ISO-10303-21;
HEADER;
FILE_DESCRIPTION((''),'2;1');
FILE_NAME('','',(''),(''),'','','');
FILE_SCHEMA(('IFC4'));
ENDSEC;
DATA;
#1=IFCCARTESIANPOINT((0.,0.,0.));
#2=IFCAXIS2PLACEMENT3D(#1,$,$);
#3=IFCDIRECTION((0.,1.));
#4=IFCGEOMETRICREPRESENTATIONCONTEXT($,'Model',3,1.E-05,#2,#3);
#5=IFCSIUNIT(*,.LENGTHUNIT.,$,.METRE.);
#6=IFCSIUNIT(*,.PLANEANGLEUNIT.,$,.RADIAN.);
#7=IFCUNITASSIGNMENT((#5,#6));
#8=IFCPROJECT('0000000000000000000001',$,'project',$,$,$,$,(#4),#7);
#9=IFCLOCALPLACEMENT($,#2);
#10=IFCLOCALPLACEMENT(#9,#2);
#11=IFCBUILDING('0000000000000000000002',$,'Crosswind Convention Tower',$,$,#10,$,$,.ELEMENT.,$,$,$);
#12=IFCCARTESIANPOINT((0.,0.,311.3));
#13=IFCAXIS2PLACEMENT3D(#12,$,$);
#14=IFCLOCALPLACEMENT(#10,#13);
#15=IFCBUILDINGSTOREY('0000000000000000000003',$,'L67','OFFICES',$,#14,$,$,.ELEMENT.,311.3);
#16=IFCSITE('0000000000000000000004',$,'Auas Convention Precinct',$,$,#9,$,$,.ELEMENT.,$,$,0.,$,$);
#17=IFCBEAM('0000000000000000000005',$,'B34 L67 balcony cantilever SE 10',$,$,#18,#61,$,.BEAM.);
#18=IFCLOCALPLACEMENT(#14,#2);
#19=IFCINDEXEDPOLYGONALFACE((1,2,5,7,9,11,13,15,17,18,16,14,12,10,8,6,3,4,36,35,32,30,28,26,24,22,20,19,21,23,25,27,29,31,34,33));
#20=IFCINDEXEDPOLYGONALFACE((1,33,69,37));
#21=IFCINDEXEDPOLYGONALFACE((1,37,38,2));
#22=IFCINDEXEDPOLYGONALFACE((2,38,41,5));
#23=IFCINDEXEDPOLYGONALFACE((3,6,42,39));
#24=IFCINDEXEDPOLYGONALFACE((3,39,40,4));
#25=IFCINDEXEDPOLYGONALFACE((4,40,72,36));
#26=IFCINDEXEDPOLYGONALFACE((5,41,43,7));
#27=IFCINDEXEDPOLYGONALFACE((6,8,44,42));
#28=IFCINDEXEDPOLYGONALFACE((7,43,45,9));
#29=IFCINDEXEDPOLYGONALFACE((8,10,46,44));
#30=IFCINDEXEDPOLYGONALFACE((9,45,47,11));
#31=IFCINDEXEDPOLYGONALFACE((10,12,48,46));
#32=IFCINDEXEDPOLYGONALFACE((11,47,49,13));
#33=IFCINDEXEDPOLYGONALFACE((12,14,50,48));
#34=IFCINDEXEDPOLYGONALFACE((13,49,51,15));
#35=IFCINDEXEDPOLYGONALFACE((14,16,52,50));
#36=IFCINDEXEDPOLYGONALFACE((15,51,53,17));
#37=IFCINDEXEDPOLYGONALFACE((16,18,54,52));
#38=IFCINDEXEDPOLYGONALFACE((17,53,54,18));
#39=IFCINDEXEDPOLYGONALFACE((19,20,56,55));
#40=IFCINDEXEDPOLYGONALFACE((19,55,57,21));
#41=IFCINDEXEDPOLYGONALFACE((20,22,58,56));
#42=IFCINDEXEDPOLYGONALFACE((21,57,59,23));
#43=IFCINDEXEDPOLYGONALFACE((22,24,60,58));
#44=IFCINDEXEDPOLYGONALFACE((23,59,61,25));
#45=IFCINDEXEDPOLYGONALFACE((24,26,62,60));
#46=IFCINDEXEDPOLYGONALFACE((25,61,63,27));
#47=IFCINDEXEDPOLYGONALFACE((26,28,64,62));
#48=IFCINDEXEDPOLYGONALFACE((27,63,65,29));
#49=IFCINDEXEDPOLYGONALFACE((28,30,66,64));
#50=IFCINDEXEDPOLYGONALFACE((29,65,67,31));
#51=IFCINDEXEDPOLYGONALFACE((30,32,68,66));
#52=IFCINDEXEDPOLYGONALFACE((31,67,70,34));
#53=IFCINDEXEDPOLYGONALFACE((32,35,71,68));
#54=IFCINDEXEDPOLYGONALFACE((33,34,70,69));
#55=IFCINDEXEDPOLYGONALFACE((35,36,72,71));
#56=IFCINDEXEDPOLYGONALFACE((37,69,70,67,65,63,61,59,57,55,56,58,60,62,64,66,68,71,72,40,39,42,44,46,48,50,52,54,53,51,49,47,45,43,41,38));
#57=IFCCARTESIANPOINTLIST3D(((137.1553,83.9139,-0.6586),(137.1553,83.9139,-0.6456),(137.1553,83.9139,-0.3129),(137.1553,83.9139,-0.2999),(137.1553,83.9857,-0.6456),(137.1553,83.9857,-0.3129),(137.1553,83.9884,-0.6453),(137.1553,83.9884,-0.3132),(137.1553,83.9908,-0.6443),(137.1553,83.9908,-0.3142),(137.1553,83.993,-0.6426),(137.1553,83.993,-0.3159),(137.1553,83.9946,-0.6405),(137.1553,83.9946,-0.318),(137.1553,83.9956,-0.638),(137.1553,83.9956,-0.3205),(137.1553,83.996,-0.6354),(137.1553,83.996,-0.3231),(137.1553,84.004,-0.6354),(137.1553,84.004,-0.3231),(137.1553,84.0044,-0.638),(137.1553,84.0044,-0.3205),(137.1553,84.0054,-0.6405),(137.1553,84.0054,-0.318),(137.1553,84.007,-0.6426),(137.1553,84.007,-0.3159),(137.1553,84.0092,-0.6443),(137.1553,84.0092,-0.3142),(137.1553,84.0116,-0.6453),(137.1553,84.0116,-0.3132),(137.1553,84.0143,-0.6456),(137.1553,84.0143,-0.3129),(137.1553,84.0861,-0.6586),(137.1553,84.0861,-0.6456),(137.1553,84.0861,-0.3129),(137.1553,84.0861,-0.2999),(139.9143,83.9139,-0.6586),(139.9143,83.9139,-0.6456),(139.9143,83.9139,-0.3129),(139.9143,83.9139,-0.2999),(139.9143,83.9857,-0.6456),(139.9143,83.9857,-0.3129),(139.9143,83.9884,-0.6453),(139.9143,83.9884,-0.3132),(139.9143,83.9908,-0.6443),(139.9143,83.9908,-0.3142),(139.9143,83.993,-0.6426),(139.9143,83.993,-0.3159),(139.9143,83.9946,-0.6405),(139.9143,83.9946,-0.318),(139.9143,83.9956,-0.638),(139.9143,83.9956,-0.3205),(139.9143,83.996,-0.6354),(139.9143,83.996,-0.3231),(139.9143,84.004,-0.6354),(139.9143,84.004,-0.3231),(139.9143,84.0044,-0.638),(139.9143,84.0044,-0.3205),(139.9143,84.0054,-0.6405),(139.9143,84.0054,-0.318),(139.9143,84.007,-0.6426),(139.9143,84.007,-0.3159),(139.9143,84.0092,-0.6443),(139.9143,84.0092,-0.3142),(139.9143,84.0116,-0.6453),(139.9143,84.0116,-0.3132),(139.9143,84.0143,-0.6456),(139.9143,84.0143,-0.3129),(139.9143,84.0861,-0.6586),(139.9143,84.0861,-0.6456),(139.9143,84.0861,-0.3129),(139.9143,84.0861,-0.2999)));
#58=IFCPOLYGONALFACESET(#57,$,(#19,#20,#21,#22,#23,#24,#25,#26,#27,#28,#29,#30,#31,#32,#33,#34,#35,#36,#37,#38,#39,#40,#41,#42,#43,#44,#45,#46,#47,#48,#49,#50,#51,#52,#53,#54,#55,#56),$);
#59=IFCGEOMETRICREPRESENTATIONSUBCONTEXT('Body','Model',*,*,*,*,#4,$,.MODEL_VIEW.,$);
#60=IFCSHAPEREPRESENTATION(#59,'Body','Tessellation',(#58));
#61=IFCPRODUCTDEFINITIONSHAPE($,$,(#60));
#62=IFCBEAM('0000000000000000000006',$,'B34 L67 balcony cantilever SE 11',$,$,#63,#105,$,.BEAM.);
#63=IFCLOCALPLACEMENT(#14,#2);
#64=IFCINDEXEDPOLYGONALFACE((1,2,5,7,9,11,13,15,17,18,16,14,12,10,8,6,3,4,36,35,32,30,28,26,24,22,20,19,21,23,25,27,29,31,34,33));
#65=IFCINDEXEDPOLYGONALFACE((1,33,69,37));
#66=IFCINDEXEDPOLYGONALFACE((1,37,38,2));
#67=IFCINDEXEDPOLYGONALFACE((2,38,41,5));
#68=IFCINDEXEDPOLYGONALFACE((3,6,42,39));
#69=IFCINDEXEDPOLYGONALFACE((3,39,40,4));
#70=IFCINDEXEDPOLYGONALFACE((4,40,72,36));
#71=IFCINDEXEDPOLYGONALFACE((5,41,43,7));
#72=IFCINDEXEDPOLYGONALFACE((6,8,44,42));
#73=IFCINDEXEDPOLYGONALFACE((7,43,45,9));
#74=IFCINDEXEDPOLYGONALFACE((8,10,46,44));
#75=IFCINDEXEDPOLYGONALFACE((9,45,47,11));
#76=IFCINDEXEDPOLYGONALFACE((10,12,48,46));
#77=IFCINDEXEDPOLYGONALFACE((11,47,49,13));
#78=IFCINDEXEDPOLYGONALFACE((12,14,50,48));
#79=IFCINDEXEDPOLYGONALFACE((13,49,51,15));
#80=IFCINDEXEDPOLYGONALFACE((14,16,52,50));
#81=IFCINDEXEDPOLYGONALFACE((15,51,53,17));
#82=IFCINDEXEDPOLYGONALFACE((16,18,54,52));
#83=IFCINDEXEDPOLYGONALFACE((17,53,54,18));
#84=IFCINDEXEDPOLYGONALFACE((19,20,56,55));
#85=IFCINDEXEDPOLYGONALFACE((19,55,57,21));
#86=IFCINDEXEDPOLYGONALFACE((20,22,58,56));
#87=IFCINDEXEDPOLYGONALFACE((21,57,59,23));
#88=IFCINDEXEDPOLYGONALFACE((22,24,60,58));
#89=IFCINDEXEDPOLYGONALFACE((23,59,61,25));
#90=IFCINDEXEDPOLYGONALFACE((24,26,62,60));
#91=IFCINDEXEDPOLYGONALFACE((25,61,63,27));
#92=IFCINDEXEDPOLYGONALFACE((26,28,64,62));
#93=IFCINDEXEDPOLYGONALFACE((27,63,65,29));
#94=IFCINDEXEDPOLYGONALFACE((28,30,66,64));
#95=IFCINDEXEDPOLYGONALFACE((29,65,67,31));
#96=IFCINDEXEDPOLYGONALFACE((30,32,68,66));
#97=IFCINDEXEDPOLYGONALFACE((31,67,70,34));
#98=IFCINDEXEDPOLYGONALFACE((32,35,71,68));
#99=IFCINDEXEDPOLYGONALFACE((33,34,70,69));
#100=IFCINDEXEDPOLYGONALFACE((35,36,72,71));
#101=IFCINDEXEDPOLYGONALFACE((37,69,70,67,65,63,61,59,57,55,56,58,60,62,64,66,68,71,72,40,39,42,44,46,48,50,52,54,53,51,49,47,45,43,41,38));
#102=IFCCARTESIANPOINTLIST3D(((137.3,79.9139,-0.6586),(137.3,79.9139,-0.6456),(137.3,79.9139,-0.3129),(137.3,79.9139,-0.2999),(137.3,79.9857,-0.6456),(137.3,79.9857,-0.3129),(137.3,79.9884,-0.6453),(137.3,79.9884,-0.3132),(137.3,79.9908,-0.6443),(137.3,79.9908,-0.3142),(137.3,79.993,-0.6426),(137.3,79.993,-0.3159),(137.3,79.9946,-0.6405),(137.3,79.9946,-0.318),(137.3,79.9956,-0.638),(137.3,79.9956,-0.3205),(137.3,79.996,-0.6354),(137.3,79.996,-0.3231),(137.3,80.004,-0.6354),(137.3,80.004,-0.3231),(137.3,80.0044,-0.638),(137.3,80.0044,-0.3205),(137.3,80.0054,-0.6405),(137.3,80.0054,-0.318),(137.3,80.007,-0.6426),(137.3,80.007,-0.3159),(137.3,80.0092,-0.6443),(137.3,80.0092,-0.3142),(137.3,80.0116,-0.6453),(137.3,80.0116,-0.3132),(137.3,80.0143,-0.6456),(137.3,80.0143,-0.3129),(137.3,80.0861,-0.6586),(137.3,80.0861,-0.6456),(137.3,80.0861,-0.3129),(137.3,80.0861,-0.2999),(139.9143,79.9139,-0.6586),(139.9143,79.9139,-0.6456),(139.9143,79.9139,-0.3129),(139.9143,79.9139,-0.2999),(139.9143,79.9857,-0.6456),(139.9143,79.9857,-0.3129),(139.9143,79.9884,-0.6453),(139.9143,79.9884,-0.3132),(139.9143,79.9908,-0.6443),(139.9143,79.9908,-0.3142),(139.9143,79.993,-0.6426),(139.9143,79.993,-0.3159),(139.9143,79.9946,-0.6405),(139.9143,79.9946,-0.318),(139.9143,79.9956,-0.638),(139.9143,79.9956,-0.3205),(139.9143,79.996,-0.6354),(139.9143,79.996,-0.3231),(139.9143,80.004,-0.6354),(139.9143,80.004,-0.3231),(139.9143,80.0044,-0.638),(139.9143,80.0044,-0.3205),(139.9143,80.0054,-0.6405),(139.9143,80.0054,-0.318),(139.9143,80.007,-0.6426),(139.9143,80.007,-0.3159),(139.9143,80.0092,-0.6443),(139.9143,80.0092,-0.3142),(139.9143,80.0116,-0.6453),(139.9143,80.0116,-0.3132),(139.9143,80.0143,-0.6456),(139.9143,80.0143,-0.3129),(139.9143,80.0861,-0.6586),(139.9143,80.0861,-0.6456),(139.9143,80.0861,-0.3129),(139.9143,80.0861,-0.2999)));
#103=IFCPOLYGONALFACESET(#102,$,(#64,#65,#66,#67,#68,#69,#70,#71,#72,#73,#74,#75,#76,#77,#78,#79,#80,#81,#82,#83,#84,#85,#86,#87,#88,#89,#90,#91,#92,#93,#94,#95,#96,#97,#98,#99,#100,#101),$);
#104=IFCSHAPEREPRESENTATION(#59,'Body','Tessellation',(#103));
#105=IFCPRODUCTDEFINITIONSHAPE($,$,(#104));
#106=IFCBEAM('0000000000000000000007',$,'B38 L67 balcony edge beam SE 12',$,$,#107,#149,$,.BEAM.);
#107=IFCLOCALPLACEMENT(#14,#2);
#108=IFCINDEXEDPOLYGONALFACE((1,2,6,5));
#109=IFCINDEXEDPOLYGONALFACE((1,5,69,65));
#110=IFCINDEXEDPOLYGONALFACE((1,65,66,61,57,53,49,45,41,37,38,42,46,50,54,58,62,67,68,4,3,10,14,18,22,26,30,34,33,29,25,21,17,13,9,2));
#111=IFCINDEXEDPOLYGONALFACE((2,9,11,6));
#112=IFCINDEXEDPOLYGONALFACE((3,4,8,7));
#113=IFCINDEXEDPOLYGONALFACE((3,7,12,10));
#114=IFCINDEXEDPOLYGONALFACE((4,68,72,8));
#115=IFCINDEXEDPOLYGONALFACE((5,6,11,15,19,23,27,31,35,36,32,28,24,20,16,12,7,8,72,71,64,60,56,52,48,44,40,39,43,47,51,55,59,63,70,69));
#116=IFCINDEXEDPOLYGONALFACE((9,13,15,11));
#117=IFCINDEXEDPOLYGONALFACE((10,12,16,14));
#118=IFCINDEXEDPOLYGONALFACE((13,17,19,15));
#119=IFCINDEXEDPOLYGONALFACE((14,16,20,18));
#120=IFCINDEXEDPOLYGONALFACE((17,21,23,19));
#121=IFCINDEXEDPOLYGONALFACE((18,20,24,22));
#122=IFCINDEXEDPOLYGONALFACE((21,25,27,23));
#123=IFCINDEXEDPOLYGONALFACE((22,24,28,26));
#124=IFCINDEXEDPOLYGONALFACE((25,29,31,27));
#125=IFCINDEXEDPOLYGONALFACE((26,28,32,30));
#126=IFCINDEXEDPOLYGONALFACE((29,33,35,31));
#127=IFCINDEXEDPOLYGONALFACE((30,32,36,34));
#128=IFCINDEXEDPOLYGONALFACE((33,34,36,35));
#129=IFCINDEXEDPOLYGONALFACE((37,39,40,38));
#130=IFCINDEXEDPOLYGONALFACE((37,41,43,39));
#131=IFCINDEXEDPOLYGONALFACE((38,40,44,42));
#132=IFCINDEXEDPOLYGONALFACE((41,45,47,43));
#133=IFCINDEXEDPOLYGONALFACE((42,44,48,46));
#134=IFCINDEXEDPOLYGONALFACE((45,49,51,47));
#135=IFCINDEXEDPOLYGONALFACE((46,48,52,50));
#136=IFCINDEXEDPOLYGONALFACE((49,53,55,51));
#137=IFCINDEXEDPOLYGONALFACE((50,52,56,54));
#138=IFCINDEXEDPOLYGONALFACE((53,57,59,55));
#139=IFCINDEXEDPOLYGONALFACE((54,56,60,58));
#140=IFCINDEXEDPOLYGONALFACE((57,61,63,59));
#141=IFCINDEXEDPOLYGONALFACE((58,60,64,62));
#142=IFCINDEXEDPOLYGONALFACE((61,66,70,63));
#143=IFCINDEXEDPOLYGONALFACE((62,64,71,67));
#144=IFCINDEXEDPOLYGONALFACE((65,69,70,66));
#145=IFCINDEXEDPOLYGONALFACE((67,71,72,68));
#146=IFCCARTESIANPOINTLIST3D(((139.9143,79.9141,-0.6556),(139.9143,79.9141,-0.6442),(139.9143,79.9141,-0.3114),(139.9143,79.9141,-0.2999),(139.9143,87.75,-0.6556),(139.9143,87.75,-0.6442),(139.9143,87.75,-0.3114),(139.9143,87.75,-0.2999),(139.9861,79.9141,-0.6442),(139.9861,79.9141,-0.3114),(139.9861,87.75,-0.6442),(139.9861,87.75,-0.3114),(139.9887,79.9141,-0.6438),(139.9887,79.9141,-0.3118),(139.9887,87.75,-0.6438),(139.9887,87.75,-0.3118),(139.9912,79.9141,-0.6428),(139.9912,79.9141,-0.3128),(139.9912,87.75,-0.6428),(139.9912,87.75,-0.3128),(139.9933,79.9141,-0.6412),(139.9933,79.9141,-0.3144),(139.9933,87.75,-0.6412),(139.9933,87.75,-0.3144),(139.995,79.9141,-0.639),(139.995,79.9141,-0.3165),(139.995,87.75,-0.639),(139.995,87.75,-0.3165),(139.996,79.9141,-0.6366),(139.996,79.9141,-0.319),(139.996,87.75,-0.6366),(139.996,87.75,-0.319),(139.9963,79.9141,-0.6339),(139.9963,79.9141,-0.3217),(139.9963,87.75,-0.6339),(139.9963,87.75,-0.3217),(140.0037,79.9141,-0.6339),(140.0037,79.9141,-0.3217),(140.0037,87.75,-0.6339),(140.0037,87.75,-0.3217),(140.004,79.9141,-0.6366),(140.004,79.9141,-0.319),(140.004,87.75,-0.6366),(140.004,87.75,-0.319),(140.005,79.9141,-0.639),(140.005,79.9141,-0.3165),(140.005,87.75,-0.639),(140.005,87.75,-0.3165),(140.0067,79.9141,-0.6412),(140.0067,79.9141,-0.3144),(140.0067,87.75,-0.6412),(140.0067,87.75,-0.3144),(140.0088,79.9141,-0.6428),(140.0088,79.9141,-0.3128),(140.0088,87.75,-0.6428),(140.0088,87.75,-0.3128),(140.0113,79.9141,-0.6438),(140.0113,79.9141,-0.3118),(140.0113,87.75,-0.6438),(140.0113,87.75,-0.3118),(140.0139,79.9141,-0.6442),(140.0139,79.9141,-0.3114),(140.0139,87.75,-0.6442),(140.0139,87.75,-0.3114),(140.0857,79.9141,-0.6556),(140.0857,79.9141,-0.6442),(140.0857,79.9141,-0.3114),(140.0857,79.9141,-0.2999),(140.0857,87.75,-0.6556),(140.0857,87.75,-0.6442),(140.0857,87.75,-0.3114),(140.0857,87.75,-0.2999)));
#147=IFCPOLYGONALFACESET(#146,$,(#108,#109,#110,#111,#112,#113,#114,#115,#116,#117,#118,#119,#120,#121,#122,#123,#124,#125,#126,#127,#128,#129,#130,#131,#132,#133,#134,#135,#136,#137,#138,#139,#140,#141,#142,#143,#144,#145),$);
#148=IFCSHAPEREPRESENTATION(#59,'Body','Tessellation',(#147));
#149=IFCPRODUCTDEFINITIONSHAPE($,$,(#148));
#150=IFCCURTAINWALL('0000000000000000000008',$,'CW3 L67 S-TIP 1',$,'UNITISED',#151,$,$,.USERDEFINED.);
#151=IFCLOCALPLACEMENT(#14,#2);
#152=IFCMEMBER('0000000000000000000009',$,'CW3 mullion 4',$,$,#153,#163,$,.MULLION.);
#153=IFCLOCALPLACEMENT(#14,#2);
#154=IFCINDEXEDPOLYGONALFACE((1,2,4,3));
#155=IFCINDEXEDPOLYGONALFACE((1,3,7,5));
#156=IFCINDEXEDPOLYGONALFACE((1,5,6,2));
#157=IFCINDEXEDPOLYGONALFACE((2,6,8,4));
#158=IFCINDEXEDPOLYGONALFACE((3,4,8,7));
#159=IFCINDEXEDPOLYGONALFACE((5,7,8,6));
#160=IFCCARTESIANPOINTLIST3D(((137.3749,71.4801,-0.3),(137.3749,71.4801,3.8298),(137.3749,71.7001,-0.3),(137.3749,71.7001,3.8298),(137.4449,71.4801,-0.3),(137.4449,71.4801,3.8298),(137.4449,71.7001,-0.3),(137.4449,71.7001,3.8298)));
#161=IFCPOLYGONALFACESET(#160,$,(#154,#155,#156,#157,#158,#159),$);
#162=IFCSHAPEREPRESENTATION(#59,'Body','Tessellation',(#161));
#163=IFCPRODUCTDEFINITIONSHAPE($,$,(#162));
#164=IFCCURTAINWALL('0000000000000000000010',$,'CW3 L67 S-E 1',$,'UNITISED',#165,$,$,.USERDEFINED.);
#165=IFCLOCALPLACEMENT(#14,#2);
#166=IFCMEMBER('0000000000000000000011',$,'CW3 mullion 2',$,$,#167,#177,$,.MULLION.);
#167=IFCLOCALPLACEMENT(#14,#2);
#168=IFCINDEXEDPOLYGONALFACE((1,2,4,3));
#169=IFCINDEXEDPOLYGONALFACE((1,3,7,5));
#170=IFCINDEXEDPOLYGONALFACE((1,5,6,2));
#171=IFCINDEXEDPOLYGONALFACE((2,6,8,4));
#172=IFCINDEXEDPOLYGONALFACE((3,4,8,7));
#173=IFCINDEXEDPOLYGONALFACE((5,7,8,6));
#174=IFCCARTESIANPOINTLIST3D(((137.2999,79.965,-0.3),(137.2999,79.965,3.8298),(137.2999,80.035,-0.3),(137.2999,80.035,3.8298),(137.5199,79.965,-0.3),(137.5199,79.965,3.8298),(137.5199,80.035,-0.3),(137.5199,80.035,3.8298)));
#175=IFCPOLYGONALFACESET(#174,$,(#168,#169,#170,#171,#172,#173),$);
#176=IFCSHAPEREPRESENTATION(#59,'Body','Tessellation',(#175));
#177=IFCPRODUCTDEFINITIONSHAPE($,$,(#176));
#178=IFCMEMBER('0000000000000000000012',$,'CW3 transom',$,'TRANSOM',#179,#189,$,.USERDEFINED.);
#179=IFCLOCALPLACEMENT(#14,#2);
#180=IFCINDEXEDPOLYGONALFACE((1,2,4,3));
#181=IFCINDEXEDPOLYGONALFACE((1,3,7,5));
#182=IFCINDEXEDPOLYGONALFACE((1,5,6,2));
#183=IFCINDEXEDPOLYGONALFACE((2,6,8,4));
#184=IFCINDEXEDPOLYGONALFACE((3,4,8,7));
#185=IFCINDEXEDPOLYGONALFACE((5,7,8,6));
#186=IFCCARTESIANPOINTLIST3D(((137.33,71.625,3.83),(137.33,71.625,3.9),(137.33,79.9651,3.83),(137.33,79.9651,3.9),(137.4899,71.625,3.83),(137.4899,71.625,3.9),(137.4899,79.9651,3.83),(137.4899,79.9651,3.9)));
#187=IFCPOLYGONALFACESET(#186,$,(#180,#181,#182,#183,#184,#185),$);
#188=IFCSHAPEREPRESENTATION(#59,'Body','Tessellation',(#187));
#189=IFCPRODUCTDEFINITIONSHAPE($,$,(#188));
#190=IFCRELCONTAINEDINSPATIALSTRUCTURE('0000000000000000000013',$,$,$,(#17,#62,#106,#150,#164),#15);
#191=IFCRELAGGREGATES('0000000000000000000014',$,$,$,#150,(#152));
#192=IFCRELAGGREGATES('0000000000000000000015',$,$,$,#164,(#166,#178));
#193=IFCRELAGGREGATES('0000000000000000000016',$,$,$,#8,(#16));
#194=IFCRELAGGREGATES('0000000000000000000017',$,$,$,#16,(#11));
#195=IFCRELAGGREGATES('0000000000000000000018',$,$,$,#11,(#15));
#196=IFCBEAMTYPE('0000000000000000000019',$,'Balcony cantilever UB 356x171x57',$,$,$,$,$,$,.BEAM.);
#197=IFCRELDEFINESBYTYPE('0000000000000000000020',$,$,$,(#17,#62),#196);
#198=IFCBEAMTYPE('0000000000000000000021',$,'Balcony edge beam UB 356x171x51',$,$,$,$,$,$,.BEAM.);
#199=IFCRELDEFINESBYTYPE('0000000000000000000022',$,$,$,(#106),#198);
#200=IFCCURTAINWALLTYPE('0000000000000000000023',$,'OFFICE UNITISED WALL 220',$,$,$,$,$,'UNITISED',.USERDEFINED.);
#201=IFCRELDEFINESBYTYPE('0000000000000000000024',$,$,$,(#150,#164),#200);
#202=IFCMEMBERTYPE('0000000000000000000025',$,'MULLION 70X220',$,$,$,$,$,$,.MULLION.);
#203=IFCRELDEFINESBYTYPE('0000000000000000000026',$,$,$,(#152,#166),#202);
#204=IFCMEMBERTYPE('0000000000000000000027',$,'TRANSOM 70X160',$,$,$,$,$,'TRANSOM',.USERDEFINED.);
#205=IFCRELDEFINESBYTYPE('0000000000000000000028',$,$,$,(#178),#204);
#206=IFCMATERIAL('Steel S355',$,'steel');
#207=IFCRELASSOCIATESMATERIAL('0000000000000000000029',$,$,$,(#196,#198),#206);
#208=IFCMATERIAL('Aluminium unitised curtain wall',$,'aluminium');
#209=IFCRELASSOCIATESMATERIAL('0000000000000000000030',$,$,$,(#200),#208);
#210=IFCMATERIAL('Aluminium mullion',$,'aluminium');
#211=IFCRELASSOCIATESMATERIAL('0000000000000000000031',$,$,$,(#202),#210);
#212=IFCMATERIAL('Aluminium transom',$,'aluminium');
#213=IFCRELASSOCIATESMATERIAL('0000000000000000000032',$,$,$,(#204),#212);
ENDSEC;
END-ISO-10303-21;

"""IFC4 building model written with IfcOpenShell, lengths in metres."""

from ifc_helpers import new_model, si_unit, direction, frame, origin, origin_2d, place, context, subcontext, project, spatial, rectangle, i_section, extrude, material, material_profile, profile_set, type_object, element, aggregate, save


model = new_model("IFC4")

# Units and contexts
model_context = context("Model", 3, precision=1e-05, world=origin(), true_north=direction((0.0, 1.0)))
body_context = subcontext(model_context, "Body", "Model", "MODEL_VIEW")
ifc_project = project(units=[si_unit("LENGTHUNIT", "METRE"), si_unit("PLANEANGLEUNIT", "RADIAN")], contexts=[model_context])

# Site, building, storey
site_placement = place(None, origin())
site = spatial("IfcSite", under=ifc_project, at=site_placement, Name="Auas Convention Precinct", CompositionType="ELEMENT", RefElevation=0.0)
building_placement = place(site_placement, origin())
building = spatial("IfcBuilding", under=site, at=building_placement, Name="Crosswind Convention Tower", CompositionType="ELEMENT")
storey_placement = place(building_placement, frame((0.0, 0.0, 311.3)))
storey = spatial("IfcBuildingStorey", under=building, at=storey_placement, Name="L67", Description="OFFICES", CompositionType="ELEMENT", Elevation=311.3)

# Beams
ifc_material_1 = material(Name="Steel S355", Category="steel")
ifc_material_profile_1 = material_profile(ifc_material_1, i_section(OverallWidth=0.1721, OverallDepth=0.3586, WebThickness=0.0081, FlangeThickness=0.0129, FilletRadius=0.0103, at=origin_2d()), Name="UB 356x171x57")
ifc_profile_set_1 = profile_set([ifc_material_profile_1], Name="Steel S355")
beam_type_1 = type_object("IfcBeamType", Name="Balcony cantilever UB 356x171x57", PredefinedType="BEAM", material=ifc_profile_set_1)
beam_1_placement = place(storey_placement, frame((137.1553, 84.0, -0.4792), z_axis=(1.0, 0.0, 0.0), x_axis=(0.0, 1.0, 0.0)))
element("IfcBeam", 1, at=beam_1_placement, inside=storey, type_object=beam_type_1, Name="B34 L67 balcony cantilever SE 10", PredefinedType="BEAM", context=body_context, shape_type="SweptSolid", body=[
    extrude(i_section(OverallWidth=0.1721, OverallDepth=0.3586, WebThickness=0.0081, FlangeThickness=0.0129, FilletRadius=0.0103, at=origin_2d()), origin(), (0.0, 0.0, 1.0), 2.759),
])
beam_2_placement = place(storey_placement, frame((137.3, 80.0, -0.4792), z_axis=(1.0, 0.0, 0.0), x_axis=(0.0, 1.0, 0.0)))
element("IfcBeam", 2, at=beam_2_placement, inside=storey, type_object=beam_type_1, Name="B34 L67 balcony cantilever SE 11", PredefinedType="BEAM", context=body_context, shape_type="SweptSolid", body=[
    extrude(i_section(OverallWidth=0.1721, OverallDepth=0.3586, WebThickness=0.0081, FlangeThickness=0.0129, FilletRadius=0.0103, at=origin_2d()), origin(), (0.0, 0.0, 1.0), 2.6143),
])
ifc_material_profile_2 = material_profile(ifc_material_1, i_section(OverallWidth=0.1714, OverallDepth=0.3557, WebThickness=0.0073, FlangeThickness=0.0115, FilletRadius=0.0103, at=origin_2d()), Name="UB 356x171x51")
ifc_profile_set_2 = profile_set([ifc_material_profile_2], Name="Steel S355")
beam_type_2 = type_object("IfcBeamType", Name="Balcony edge beam UB 356x171x51", PredefinedType="BEAM", material=ifc_profile_set_2)
beam_3_placement = place(storey_placement, frame((140.0, 87.75, -0.4778), z_axis=(0.0, -1.0, 0.0), x_axis=(1.0, 0.0, 0.0)))
element("IfcBeam", 3, at=beam_3_placement, inside=storey, type_object=beam_type_2, Name="B38 L67 balcony edge beam SE 12", PredefinedType="BEAM", context=body_context, shape_type="SweptSolid", body=[
    extrude(i_section(OverallWidth=0.1714, OverallDepth=0.3557, WebThickness=0.0073, FlangeThickness=0.0115, FilletRadius=0.0103, at=origin_2d()), origin(), (0.0, 0.0, 1.0), 7.8359),
])

# Curtain wall, member
ifc_material_2 = material(Name="Aluminium unitised curtain wall", Category="aluminium")
curtain_wall_type = type_object("IfcCurtainWallType", Name="OFFICE UNITISED WALL 220", ElementType="UNITISED", PredefinedType="USERDEFINED", material=ifc_material_2)
curtain_wall_1_placement = place(storey_placement, origin())
curtain_wall_1 = element("IfcCurtainWall", 4, at=curtain_wall_1_placement, inside=storey, type_object=curtain_wall_type, Name="CW3 L67 S-TIP 1", ObjectType="UNITISED", PredefinedType="USERDEFINED")
ifc_material_3 = material(Name="Aluminium mullion", Category="aluminium")
ifc_material_profile_3 = material_profile(ifc_material_3, rectangle(XDim=0.22, YDim=0.0701, at=origin_2d()), Name="AL 220X70")
ifc_profile_set_3 = profile_set([ifc_material_profile_3], Name="Aluminium mullion")
member_type_1 = type_object("IfcMemberType", Name="MULLION 70X220", PredefinedType="MULLION", material=ifc_profile_set_3)
member_1_placement = place(storey_placement, frame((137.4099, 71.5901, -0.3), z_axis=(0.0, 0.0, 1.0), x_axis=(0.0, -1.0, 0.0)))
member_1 = element("IfcMember", 5, at=member_1_placement, type_object=member_type_1, Name="CW3 mullion 4", PredefinedType="MULLION", context=body_context, shape_type="SweptSolid", body=[
    extrude(rectangle(XDim=0.22, YDim=0.0701, at=origin_2d()), origin(), (0.0, 0.0, 1.0), 4.1299),
])

# Curtain wall, members
curtain_wall_2_placement = place(storey_placement, origin())
curtain_wall_2 = element("IfcCurtainWall", 6, at=curtain_wall_2_placement, inside=storey, type_object=curtain_wall_type, Name="CW3 L67 S-E 1", ObjectType="UNITISED", PredefinedType="USERDEFINED")
member_2_placement = place(storey_placement, frame((137.4099, 80.0, -0.3), z_axis=(0.0, 0.0, 1.0), x_axis=(1.0, 0.0, 0.0)))
member_2 = element("IfcMember", 7, at=member_2_placement, type_object=member_type_1, Name="CW3 mullion 2", PredefinedType="MULLION", context=body_context, shape_type="SweptSolid", body=[
    extrude(rectangle(XDim=0.22, YDim=0.0701, at=origin_2d()), origin(), (0.0, 0.0, 1.0), 4.1299),
])
ifc_material_4 = material(Name="Aluminium transom", Category="aluminium")
ifc_material_profile_4 = material_profile(ifc_material_4, rectangle(XDim=0.1599, YDim=0.0701, at=origin_2d()), Name="AL 160X70")
ifc_profile_set_4 = profile_set([ifc_material_profile_4], Name="Aluminium transom")
member_type_2 = type_object("IfcMemberType", Name="TRANSOM 70X160", ElementType="TRANSOM", PredefinedType="USERDEFINED", material=ifc_profile_set_4)
member_3_placement = place(storey_placement, frame((137.4099, 71.625, 3.865), z_axis=(0.0, 1.0, 0.0), x_axis=(-1.0, 0.0, 0.0)))
member_3 = element("IfcMember", 8, at=member_3_placement, type_object=member_type_2, Name="CW3 transom", ObjectType="TRANSOM", PredefinedType="USERDEFINED", context=body_context, shape_type="SweptSolid", body=[
    extrude(rectangle(XDim=0.1599, YDim=0.0701, at=origin_2d()), origin(), (0.0, 0.0, 1.0), 8.3401),
])

aggregate(curtain_wall_1, [member_1])

aggregate(curtain_wall_2, [member_2, member_3])

save(model, "model.ifc")
